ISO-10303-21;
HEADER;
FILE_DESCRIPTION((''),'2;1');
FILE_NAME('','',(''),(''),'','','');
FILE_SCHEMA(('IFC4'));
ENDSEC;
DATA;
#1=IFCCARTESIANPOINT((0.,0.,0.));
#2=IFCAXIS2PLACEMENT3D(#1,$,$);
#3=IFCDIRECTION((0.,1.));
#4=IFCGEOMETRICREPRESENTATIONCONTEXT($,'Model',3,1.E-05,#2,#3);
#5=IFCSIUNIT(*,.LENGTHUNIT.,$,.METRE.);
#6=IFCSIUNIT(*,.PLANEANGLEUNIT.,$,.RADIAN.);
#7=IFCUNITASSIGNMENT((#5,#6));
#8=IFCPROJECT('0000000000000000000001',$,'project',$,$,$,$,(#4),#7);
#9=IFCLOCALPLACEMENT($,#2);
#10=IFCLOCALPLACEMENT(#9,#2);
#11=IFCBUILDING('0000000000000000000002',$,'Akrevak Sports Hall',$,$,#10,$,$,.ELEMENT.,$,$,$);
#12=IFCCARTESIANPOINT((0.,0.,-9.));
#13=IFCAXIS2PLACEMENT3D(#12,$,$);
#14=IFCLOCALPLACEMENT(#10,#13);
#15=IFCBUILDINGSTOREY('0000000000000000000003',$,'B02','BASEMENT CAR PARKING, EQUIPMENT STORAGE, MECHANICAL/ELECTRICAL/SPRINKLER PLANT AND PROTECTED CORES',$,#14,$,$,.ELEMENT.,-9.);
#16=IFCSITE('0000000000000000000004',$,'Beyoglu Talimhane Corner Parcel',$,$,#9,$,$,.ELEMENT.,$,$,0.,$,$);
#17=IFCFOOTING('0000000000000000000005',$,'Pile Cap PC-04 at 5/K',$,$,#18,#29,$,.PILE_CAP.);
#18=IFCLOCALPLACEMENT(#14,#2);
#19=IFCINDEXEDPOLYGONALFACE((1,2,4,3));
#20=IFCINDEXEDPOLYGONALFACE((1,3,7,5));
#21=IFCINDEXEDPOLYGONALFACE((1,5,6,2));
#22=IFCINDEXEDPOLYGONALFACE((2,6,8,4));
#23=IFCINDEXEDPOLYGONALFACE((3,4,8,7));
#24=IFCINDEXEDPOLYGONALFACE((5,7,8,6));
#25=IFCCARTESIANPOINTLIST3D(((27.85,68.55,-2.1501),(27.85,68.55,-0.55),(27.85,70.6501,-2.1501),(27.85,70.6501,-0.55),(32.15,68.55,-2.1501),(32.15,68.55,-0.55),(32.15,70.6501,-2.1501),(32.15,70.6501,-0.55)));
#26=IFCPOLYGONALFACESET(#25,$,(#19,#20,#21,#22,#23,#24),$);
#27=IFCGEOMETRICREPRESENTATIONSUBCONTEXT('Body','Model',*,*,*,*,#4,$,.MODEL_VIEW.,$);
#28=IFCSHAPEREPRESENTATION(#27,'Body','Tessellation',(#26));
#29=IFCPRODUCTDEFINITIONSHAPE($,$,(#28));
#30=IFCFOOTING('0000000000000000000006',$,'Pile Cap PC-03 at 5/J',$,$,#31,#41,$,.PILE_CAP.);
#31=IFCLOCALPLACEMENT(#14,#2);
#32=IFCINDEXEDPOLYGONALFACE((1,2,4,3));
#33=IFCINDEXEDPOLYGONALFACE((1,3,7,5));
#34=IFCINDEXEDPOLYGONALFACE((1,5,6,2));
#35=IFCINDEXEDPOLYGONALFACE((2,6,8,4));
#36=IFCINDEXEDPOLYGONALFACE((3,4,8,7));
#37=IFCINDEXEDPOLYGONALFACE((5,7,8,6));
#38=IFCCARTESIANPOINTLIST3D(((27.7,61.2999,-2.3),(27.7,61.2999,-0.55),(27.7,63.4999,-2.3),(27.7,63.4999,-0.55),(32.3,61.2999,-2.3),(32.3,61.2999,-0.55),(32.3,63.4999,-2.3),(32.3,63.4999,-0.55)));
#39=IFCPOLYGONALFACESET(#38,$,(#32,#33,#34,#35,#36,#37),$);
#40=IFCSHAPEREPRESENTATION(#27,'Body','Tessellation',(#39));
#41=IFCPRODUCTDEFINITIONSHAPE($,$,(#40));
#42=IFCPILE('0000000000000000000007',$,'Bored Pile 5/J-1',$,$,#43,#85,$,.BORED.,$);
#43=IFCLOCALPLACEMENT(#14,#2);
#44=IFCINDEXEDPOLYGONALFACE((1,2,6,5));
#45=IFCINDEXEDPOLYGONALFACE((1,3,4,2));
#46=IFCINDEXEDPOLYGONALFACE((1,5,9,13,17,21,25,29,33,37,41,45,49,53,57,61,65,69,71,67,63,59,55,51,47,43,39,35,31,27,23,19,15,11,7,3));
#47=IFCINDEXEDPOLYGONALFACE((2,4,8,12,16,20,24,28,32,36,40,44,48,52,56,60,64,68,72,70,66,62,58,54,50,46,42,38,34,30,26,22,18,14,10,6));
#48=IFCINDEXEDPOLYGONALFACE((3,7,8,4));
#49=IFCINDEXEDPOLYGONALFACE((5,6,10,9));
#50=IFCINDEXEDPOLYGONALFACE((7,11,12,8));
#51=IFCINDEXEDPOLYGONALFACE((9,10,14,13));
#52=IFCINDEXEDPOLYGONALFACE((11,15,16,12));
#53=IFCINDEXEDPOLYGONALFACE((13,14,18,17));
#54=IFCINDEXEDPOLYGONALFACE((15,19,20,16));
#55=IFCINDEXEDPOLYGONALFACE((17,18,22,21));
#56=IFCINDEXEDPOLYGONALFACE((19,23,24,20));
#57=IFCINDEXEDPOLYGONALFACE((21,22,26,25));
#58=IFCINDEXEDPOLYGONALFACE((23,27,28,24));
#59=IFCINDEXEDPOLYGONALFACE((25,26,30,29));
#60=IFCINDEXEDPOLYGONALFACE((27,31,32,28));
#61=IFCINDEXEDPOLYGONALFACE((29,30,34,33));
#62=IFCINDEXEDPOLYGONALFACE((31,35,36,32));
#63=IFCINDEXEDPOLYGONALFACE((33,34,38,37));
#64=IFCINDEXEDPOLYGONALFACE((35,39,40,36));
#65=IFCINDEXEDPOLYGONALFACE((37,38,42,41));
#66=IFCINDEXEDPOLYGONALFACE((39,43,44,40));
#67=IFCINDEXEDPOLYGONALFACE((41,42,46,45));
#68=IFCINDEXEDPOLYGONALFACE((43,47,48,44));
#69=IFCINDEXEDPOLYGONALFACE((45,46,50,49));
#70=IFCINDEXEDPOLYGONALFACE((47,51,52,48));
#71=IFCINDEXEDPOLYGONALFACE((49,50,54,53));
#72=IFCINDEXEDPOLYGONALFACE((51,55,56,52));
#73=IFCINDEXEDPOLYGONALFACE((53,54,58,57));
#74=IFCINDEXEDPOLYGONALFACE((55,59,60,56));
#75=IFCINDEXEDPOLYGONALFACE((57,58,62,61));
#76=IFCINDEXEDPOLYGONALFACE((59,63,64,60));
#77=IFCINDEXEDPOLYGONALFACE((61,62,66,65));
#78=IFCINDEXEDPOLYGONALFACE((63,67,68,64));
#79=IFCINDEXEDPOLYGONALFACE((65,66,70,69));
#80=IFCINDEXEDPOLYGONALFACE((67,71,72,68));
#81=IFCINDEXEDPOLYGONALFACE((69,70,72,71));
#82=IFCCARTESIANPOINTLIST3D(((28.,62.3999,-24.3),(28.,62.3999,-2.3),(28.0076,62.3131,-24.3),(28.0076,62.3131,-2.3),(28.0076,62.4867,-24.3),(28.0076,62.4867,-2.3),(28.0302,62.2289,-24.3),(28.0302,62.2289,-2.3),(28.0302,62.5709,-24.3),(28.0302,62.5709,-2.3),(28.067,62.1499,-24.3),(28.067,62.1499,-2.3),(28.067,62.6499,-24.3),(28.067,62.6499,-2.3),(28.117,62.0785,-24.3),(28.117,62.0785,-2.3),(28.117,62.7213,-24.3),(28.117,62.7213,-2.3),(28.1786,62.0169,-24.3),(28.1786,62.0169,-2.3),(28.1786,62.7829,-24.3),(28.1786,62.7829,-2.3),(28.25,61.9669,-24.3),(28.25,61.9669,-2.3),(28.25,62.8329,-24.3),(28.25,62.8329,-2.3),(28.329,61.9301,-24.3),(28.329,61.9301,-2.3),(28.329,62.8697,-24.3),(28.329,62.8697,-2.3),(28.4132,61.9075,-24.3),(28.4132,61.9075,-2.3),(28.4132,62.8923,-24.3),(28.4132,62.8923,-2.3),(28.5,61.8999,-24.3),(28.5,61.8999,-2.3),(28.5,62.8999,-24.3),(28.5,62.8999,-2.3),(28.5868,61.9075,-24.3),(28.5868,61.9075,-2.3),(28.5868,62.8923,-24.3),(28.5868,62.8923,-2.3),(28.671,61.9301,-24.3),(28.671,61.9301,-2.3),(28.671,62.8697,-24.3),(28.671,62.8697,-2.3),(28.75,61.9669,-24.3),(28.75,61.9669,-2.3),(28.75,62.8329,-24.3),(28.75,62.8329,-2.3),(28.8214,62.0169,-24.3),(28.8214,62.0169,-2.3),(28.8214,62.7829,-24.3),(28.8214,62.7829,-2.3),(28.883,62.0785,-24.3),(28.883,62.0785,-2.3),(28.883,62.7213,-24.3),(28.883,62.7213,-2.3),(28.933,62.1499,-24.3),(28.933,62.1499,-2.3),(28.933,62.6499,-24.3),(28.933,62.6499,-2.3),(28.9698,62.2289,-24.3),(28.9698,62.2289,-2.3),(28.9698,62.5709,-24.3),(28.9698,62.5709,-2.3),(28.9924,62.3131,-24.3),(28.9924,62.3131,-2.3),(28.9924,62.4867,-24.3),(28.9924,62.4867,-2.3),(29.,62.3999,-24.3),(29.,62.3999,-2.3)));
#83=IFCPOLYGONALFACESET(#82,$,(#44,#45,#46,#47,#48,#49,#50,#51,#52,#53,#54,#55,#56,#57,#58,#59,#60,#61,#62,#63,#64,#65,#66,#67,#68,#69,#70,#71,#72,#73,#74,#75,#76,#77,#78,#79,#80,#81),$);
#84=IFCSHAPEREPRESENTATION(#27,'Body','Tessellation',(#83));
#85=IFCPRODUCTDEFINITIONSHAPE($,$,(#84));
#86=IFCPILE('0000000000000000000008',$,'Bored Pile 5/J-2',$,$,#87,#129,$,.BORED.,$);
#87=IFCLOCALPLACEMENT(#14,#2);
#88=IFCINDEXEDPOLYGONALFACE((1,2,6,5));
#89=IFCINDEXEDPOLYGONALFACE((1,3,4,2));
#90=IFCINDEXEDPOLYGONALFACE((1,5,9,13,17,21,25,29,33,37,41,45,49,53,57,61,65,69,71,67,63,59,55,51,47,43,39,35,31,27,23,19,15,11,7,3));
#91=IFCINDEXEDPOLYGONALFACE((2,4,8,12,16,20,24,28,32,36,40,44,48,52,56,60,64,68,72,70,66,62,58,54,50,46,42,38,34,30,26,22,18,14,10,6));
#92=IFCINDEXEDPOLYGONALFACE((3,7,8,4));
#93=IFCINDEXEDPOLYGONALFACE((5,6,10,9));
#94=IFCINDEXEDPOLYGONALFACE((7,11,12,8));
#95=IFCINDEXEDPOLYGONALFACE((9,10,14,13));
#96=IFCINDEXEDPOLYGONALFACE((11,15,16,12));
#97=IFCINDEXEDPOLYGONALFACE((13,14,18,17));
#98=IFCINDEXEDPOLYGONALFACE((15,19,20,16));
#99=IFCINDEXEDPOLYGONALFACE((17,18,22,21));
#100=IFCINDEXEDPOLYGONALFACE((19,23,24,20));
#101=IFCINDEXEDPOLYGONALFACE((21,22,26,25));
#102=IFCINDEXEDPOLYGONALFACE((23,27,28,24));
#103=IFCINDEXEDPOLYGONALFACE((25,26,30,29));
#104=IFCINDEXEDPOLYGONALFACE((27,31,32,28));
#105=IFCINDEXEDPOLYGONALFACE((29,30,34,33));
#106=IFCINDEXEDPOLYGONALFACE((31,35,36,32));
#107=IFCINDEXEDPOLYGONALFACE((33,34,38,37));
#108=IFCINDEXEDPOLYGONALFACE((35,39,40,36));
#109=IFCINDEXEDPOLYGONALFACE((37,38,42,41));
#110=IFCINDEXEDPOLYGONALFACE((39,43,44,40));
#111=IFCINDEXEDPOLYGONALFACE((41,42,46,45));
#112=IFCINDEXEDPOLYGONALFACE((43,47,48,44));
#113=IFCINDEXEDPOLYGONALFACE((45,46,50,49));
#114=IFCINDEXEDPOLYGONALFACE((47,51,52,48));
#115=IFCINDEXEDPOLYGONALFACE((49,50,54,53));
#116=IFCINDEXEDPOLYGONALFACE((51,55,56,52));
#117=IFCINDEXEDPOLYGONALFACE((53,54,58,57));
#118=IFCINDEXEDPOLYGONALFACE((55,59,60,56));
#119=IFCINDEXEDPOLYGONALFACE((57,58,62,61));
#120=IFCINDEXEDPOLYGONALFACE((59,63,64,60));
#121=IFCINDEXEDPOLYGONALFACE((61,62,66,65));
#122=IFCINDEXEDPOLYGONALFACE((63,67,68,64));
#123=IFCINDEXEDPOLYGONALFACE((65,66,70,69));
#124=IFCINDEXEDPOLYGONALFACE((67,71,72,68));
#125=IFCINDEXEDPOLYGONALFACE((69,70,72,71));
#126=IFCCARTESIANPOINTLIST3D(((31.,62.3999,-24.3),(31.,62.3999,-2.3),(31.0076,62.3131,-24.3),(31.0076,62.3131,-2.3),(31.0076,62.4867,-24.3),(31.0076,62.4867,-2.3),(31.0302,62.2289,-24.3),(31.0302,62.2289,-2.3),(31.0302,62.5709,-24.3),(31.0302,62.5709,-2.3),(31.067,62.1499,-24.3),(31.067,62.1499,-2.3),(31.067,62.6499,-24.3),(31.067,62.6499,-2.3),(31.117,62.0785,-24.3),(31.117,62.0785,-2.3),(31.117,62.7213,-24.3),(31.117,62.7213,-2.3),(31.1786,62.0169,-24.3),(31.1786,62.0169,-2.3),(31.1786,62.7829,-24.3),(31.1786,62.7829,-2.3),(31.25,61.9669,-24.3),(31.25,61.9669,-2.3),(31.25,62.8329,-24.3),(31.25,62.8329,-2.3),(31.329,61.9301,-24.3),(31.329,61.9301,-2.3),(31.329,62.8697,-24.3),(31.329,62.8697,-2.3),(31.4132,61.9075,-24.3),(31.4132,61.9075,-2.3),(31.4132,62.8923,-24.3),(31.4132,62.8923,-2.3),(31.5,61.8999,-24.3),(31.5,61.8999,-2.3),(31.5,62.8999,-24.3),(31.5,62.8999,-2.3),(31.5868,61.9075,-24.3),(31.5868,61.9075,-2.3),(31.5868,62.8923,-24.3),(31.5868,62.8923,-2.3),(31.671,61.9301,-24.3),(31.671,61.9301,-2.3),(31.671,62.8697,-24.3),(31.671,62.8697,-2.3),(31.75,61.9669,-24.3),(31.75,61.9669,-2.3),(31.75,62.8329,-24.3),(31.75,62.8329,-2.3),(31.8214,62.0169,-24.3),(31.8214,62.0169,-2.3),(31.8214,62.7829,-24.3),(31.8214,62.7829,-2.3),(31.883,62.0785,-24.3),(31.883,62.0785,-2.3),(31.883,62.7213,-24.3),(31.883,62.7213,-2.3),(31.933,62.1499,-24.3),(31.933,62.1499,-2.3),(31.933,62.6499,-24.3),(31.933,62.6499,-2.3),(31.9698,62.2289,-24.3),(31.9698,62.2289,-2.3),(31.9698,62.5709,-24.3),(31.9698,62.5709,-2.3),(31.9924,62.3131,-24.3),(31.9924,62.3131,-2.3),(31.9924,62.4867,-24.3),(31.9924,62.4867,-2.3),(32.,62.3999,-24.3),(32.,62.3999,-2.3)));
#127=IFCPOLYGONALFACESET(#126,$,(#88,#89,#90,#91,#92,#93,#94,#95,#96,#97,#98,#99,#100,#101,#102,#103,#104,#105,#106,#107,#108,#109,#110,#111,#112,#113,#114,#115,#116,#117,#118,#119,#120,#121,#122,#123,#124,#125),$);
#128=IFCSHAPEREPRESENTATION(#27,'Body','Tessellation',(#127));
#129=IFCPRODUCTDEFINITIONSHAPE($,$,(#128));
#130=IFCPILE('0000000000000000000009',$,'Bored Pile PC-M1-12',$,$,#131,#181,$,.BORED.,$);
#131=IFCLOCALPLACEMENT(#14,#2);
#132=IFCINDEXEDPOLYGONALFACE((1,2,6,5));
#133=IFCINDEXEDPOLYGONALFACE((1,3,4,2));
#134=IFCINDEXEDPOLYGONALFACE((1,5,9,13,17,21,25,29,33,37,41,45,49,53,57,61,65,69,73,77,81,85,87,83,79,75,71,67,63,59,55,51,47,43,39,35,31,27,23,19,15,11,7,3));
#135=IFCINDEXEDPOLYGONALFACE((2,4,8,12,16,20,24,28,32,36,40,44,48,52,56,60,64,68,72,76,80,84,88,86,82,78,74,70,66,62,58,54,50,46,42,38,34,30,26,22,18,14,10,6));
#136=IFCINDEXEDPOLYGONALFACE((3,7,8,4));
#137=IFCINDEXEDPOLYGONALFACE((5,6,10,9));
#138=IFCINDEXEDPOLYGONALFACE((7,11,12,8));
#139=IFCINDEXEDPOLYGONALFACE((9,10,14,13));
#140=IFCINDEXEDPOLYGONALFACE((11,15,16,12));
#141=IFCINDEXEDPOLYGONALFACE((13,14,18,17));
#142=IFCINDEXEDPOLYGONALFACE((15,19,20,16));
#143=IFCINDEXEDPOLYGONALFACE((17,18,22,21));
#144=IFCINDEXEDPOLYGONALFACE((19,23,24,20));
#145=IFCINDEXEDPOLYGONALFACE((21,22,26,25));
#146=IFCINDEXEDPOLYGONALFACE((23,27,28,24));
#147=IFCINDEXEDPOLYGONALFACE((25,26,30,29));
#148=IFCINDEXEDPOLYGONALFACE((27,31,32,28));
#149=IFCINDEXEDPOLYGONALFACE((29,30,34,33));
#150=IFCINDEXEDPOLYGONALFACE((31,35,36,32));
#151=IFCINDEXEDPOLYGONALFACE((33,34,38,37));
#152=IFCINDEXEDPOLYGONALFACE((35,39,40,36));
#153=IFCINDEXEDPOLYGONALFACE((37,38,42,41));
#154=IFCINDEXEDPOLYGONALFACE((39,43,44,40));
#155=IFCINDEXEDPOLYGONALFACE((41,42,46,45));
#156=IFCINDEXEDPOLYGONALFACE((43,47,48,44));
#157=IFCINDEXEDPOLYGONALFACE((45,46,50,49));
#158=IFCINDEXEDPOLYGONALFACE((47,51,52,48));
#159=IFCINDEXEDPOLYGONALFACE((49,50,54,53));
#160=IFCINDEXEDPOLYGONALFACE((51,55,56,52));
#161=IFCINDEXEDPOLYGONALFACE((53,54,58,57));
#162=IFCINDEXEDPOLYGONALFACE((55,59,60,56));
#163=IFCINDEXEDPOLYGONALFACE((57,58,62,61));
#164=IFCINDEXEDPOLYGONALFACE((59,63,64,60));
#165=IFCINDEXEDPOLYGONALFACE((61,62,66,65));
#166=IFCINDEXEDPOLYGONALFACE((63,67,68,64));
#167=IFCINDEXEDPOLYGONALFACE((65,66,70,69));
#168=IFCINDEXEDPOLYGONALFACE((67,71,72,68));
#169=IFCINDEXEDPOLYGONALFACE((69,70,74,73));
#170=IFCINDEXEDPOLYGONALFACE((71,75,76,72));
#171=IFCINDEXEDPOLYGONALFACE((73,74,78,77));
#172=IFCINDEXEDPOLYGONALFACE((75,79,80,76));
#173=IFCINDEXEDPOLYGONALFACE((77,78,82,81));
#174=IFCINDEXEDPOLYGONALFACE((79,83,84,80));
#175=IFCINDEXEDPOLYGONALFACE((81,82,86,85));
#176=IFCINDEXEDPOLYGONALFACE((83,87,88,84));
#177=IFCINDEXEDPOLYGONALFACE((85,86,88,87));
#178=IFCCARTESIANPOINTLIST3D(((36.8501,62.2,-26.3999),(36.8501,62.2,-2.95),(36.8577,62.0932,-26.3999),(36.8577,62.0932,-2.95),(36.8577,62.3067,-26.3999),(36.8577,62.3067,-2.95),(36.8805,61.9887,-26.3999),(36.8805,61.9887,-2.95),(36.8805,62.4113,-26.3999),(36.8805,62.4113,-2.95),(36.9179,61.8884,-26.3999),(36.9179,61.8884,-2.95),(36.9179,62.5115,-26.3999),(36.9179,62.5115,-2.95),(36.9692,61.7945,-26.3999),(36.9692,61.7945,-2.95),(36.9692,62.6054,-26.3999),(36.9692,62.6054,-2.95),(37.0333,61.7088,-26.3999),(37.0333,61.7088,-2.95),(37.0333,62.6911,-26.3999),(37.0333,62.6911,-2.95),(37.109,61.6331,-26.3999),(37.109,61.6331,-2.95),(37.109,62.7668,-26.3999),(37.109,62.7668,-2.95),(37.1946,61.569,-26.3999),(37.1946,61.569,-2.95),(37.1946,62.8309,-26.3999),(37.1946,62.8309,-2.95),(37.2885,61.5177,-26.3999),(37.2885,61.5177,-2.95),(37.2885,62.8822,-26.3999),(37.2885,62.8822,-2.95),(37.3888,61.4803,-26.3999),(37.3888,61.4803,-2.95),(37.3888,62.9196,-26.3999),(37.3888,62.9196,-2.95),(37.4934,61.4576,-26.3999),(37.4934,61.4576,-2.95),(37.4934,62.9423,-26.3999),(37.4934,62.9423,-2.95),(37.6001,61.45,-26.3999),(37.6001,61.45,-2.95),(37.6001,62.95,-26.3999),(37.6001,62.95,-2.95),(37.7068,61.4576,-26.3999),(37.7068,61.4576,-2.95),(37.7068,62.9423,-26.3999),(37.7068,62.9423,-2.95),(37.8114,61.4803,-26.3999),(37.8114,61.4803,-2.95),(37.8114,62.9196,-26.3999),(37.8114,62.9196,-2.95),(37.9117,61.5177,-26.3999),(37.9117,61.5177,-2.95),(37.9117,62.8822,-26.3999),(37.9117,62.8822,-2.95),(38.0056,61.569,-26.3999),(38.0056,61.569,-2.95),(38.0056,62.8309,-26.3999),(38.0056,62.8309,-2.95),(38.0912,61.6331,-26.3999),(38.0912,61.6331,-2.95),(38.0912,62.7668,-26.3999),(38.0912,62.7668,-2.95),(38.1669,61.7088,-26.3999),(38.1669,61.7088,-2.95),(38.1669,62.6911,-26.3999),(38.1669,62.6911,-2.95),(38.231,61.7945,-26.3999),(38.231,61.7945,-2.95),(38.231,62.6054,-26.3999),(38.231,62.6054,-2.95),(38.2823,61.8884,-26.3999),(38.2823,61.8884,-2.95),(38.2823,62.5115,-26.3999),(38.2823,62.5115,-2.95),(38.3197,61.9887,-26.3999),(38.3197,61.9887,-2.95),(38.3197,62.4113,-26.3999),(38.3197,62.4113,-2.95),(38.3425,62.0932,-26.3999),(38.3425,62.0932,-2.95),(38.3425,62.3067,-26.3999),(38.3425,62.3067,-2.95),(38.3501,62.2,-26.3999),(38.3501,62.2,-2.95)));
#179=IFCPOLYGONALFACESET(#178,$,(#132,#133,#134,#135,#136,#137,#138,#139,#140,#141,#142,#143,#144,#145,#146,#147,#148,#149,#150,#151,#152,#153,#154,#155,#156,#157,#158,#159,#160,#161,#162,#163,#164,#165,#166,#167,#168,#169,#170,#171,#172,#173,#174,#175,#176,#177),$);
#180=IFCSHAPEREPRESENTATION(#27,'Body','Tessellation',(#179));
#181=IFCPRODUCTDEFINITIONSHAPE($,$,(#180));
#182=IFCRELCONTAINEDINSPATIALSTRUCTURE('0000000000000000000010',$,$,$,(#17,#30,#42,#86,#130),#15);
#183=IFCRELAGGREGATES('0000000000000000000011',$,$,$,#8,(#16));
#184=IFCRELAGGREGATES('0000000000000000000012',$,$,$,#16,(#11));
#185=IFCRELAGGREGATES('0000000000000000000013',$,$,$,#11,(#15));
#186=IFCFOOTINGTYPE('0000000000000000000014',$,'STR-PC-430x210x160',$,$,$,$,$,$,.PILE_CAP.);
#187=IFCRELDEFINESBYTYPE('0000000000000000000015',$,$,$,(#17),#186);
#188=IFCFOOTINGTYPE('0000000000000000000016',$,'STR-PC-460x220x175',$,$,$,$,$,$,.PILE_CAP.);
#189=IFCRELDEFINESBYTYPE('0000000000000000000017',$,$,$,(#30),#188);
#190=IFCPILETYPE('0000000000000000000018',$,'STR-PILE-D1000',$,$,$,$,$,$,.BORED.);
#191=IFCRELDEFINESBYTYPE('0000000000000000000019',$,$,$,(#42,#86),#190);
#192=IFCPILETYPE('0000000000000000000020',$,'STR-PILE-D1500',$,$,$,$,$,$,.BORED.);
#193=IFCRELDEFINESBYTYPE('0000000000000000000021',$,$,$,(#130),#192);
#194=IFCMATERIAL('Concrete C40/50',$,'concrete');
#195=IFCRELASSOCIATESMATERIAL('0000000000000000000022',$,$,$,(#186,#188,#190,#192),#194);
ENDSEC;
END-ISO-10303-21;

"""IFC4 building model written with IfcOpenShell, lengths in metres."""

from ifc_helpers import new_model, si_unit, direction, frame, origin, origin_2d, place, context, subcontext, project, spatial, rectangle, circle, extrude, material, material_profile, profile_set, type_object, element, save


model = new_model("IFC4")

# Units and contexts
model_context = context("Model", 3, precision=1e-05, world=origin(), true_north=direction((0.0, 1.0)))
body_context = subcontext(model_context, "Body", "Model", "MODEL_VIEW")
ifc_project = project(units=[si_unit("LENGTHUNIT", "METRE"), si_unit("PLANEANGLEUNIT", "RADIAN")], contexts=[model_context])

# Site, building, storey
site_placement = place(None, origin())
site = spatial("IfcSite", under=ifc_project, at=site_placement, Name="Beyoglu Talimhane Corner Parcel", CompositionType="ELEMENT", RefElevation=0.0)
building_placement = place(site_placement, origin())
building = spatial("IfcBuilding", under=site, at=building_placement, Name="Akrevak Sports Hall", CompositionType="ELEMENT")
storey_placement = place(building_placement, frame((0.0, 0.0, -9.0)))
storey = spatial("IfcBuildingStorey", under=building, at=storey_placement, Name="B02", Description="BASEMENT CAR PARKING, EQUIPMENT STORAGE, MECHANICAL/ELECTRICAL/SPRINKLER PLANT AND PROTECTED CORES", CompositionType="ELEMENT", Elevation=-9.0)

# Footings
ifc_material_1 = material(Name="Concrete C40/50", Category="concrete")
footing_type_1 = type_object("IfcFootingType", Name="STR-PC-430x210x160", PredefinedType="PILE_CAP", material=ifc_material_1)
footing_1_placement = place(storey_placement, frame((30.0, 69.6001, -2.1501), z_axis=(0.0, 0.0, 1.0), x_axis=(1.0, 0.0, 0.0)))
element("IfcFooting", 1, at=footing_1_placement, inside=storey, type_object=footing_type_1, Name="Pile Cap PC-04 at 5/K", PredefinedType="PILE_CAP", context=body_context, shape_type="SweptSolid", body=[
    extrude(rectangle(XDim=4.3, YDim=2.1001, at=origin_2d()), origin(), (0.0, 0.0, 1.0), 1.6001),
])
footing_type_2 = type_object("IfcFootingType", Name="STR-PC-460x220x175", PredefinedType="PILE_CAP", material=ifc_material_1)
footing_2_placement = place(storey_placement, frame((30.0, 62.3999, -2.3), z_axis=(0.0, 0.0, 1.0), x_axis=(1.0, 0.0, 0.0)))
element("IfcFooting", 2, at=footing_2_placement, inside=storey, type_object=footing_type_2, Name="Pile Cap PC-03 at 5/J", PredefinedType="PILE_CAP", context=body_context, shape_type="SweptSolid", body=[
    extrude(rectangle(XDim=4.6001, YDim=2.2, at=origin_2d()), origin(), (0.0, 0.0, 1.0), 1.75),
])

# Piles
ifc_material_profile_1 = material_profile(ifc_material_1, circle(Radius=0.5, at=origin_2d()), Name="BORED PILE D1000", Category="concrete")
ifc_profile_set_1 = profile_set([ifc_material_profile_1], Name="Concrete C40/50")
pile_type_1 = type_object("IfcPileType", Name="STR-PILE-D1000", PredefinedType="BORED", material=ifc_profile_set_1)
for number, where, z_axis, x_axis, name in (
    (3, (28.5, 62.3999, -2.3), (0.0, 0.0, -1.0), (1.0, 0.0, 0.0), "Bored Pile 5/J-1"),
    (4, (31.5, 62.3999, -2.3), (0.0, 0.0, -1.0), (1.0, 0.0, 0.0), "Bored Pile 5/J-2"),
):
    element("IfcPile", number, at=place(storey_placement, frame(where, z_axis=z_axis, x_axis=x_axis)), inside=storey, type_object=pile_type_1, Name=name, PredefinedType="BORED", context=body_context, shape_type="SweptSolid", body=[
        extrude(circle(Radius=0.5, at=origin_2d()), origin(), (0.0, 0.0, 1.0), 22.0),
    ])
ifc_material_profile_2 = material_profile(ifc_material_1, circle(Radius=0.75, at=origin_2d()), Name="BORED PILE D1500", Category="concrete")
ifc_profile_set_2 = profile_set([ifc_material_profile_2], Name="Concrete C40/50")
pile_type_2 = type_object("IfcPileType", Name="STR-PILE-D1500", PredefinedType="BORED", material=ifc_profile_set_2)
for number, where, z_axis, x_axis, name in (
    (5, (37.6001, 62.2, -2.95), (0.0, 0.0, -1.0), (1.0, 0.0, 0.0), "Bored Pile PC-M1-12"),
):
    element("IfcPile", number, at=place(storey_placement, frame(where, z_axis=z_axis, x_axis=x_axis)), inside=storey, type_object=pile_type_2, Name=name, PredefinedType="BORED", context=body_context, shape_type="SweptSolid", body=[
        extrude(circle(Radius=0.75, at=origin_2d()), origin(), (0.0, 0.0, 1.0), 23.45),
    ])

save(model, "model.ifc")
